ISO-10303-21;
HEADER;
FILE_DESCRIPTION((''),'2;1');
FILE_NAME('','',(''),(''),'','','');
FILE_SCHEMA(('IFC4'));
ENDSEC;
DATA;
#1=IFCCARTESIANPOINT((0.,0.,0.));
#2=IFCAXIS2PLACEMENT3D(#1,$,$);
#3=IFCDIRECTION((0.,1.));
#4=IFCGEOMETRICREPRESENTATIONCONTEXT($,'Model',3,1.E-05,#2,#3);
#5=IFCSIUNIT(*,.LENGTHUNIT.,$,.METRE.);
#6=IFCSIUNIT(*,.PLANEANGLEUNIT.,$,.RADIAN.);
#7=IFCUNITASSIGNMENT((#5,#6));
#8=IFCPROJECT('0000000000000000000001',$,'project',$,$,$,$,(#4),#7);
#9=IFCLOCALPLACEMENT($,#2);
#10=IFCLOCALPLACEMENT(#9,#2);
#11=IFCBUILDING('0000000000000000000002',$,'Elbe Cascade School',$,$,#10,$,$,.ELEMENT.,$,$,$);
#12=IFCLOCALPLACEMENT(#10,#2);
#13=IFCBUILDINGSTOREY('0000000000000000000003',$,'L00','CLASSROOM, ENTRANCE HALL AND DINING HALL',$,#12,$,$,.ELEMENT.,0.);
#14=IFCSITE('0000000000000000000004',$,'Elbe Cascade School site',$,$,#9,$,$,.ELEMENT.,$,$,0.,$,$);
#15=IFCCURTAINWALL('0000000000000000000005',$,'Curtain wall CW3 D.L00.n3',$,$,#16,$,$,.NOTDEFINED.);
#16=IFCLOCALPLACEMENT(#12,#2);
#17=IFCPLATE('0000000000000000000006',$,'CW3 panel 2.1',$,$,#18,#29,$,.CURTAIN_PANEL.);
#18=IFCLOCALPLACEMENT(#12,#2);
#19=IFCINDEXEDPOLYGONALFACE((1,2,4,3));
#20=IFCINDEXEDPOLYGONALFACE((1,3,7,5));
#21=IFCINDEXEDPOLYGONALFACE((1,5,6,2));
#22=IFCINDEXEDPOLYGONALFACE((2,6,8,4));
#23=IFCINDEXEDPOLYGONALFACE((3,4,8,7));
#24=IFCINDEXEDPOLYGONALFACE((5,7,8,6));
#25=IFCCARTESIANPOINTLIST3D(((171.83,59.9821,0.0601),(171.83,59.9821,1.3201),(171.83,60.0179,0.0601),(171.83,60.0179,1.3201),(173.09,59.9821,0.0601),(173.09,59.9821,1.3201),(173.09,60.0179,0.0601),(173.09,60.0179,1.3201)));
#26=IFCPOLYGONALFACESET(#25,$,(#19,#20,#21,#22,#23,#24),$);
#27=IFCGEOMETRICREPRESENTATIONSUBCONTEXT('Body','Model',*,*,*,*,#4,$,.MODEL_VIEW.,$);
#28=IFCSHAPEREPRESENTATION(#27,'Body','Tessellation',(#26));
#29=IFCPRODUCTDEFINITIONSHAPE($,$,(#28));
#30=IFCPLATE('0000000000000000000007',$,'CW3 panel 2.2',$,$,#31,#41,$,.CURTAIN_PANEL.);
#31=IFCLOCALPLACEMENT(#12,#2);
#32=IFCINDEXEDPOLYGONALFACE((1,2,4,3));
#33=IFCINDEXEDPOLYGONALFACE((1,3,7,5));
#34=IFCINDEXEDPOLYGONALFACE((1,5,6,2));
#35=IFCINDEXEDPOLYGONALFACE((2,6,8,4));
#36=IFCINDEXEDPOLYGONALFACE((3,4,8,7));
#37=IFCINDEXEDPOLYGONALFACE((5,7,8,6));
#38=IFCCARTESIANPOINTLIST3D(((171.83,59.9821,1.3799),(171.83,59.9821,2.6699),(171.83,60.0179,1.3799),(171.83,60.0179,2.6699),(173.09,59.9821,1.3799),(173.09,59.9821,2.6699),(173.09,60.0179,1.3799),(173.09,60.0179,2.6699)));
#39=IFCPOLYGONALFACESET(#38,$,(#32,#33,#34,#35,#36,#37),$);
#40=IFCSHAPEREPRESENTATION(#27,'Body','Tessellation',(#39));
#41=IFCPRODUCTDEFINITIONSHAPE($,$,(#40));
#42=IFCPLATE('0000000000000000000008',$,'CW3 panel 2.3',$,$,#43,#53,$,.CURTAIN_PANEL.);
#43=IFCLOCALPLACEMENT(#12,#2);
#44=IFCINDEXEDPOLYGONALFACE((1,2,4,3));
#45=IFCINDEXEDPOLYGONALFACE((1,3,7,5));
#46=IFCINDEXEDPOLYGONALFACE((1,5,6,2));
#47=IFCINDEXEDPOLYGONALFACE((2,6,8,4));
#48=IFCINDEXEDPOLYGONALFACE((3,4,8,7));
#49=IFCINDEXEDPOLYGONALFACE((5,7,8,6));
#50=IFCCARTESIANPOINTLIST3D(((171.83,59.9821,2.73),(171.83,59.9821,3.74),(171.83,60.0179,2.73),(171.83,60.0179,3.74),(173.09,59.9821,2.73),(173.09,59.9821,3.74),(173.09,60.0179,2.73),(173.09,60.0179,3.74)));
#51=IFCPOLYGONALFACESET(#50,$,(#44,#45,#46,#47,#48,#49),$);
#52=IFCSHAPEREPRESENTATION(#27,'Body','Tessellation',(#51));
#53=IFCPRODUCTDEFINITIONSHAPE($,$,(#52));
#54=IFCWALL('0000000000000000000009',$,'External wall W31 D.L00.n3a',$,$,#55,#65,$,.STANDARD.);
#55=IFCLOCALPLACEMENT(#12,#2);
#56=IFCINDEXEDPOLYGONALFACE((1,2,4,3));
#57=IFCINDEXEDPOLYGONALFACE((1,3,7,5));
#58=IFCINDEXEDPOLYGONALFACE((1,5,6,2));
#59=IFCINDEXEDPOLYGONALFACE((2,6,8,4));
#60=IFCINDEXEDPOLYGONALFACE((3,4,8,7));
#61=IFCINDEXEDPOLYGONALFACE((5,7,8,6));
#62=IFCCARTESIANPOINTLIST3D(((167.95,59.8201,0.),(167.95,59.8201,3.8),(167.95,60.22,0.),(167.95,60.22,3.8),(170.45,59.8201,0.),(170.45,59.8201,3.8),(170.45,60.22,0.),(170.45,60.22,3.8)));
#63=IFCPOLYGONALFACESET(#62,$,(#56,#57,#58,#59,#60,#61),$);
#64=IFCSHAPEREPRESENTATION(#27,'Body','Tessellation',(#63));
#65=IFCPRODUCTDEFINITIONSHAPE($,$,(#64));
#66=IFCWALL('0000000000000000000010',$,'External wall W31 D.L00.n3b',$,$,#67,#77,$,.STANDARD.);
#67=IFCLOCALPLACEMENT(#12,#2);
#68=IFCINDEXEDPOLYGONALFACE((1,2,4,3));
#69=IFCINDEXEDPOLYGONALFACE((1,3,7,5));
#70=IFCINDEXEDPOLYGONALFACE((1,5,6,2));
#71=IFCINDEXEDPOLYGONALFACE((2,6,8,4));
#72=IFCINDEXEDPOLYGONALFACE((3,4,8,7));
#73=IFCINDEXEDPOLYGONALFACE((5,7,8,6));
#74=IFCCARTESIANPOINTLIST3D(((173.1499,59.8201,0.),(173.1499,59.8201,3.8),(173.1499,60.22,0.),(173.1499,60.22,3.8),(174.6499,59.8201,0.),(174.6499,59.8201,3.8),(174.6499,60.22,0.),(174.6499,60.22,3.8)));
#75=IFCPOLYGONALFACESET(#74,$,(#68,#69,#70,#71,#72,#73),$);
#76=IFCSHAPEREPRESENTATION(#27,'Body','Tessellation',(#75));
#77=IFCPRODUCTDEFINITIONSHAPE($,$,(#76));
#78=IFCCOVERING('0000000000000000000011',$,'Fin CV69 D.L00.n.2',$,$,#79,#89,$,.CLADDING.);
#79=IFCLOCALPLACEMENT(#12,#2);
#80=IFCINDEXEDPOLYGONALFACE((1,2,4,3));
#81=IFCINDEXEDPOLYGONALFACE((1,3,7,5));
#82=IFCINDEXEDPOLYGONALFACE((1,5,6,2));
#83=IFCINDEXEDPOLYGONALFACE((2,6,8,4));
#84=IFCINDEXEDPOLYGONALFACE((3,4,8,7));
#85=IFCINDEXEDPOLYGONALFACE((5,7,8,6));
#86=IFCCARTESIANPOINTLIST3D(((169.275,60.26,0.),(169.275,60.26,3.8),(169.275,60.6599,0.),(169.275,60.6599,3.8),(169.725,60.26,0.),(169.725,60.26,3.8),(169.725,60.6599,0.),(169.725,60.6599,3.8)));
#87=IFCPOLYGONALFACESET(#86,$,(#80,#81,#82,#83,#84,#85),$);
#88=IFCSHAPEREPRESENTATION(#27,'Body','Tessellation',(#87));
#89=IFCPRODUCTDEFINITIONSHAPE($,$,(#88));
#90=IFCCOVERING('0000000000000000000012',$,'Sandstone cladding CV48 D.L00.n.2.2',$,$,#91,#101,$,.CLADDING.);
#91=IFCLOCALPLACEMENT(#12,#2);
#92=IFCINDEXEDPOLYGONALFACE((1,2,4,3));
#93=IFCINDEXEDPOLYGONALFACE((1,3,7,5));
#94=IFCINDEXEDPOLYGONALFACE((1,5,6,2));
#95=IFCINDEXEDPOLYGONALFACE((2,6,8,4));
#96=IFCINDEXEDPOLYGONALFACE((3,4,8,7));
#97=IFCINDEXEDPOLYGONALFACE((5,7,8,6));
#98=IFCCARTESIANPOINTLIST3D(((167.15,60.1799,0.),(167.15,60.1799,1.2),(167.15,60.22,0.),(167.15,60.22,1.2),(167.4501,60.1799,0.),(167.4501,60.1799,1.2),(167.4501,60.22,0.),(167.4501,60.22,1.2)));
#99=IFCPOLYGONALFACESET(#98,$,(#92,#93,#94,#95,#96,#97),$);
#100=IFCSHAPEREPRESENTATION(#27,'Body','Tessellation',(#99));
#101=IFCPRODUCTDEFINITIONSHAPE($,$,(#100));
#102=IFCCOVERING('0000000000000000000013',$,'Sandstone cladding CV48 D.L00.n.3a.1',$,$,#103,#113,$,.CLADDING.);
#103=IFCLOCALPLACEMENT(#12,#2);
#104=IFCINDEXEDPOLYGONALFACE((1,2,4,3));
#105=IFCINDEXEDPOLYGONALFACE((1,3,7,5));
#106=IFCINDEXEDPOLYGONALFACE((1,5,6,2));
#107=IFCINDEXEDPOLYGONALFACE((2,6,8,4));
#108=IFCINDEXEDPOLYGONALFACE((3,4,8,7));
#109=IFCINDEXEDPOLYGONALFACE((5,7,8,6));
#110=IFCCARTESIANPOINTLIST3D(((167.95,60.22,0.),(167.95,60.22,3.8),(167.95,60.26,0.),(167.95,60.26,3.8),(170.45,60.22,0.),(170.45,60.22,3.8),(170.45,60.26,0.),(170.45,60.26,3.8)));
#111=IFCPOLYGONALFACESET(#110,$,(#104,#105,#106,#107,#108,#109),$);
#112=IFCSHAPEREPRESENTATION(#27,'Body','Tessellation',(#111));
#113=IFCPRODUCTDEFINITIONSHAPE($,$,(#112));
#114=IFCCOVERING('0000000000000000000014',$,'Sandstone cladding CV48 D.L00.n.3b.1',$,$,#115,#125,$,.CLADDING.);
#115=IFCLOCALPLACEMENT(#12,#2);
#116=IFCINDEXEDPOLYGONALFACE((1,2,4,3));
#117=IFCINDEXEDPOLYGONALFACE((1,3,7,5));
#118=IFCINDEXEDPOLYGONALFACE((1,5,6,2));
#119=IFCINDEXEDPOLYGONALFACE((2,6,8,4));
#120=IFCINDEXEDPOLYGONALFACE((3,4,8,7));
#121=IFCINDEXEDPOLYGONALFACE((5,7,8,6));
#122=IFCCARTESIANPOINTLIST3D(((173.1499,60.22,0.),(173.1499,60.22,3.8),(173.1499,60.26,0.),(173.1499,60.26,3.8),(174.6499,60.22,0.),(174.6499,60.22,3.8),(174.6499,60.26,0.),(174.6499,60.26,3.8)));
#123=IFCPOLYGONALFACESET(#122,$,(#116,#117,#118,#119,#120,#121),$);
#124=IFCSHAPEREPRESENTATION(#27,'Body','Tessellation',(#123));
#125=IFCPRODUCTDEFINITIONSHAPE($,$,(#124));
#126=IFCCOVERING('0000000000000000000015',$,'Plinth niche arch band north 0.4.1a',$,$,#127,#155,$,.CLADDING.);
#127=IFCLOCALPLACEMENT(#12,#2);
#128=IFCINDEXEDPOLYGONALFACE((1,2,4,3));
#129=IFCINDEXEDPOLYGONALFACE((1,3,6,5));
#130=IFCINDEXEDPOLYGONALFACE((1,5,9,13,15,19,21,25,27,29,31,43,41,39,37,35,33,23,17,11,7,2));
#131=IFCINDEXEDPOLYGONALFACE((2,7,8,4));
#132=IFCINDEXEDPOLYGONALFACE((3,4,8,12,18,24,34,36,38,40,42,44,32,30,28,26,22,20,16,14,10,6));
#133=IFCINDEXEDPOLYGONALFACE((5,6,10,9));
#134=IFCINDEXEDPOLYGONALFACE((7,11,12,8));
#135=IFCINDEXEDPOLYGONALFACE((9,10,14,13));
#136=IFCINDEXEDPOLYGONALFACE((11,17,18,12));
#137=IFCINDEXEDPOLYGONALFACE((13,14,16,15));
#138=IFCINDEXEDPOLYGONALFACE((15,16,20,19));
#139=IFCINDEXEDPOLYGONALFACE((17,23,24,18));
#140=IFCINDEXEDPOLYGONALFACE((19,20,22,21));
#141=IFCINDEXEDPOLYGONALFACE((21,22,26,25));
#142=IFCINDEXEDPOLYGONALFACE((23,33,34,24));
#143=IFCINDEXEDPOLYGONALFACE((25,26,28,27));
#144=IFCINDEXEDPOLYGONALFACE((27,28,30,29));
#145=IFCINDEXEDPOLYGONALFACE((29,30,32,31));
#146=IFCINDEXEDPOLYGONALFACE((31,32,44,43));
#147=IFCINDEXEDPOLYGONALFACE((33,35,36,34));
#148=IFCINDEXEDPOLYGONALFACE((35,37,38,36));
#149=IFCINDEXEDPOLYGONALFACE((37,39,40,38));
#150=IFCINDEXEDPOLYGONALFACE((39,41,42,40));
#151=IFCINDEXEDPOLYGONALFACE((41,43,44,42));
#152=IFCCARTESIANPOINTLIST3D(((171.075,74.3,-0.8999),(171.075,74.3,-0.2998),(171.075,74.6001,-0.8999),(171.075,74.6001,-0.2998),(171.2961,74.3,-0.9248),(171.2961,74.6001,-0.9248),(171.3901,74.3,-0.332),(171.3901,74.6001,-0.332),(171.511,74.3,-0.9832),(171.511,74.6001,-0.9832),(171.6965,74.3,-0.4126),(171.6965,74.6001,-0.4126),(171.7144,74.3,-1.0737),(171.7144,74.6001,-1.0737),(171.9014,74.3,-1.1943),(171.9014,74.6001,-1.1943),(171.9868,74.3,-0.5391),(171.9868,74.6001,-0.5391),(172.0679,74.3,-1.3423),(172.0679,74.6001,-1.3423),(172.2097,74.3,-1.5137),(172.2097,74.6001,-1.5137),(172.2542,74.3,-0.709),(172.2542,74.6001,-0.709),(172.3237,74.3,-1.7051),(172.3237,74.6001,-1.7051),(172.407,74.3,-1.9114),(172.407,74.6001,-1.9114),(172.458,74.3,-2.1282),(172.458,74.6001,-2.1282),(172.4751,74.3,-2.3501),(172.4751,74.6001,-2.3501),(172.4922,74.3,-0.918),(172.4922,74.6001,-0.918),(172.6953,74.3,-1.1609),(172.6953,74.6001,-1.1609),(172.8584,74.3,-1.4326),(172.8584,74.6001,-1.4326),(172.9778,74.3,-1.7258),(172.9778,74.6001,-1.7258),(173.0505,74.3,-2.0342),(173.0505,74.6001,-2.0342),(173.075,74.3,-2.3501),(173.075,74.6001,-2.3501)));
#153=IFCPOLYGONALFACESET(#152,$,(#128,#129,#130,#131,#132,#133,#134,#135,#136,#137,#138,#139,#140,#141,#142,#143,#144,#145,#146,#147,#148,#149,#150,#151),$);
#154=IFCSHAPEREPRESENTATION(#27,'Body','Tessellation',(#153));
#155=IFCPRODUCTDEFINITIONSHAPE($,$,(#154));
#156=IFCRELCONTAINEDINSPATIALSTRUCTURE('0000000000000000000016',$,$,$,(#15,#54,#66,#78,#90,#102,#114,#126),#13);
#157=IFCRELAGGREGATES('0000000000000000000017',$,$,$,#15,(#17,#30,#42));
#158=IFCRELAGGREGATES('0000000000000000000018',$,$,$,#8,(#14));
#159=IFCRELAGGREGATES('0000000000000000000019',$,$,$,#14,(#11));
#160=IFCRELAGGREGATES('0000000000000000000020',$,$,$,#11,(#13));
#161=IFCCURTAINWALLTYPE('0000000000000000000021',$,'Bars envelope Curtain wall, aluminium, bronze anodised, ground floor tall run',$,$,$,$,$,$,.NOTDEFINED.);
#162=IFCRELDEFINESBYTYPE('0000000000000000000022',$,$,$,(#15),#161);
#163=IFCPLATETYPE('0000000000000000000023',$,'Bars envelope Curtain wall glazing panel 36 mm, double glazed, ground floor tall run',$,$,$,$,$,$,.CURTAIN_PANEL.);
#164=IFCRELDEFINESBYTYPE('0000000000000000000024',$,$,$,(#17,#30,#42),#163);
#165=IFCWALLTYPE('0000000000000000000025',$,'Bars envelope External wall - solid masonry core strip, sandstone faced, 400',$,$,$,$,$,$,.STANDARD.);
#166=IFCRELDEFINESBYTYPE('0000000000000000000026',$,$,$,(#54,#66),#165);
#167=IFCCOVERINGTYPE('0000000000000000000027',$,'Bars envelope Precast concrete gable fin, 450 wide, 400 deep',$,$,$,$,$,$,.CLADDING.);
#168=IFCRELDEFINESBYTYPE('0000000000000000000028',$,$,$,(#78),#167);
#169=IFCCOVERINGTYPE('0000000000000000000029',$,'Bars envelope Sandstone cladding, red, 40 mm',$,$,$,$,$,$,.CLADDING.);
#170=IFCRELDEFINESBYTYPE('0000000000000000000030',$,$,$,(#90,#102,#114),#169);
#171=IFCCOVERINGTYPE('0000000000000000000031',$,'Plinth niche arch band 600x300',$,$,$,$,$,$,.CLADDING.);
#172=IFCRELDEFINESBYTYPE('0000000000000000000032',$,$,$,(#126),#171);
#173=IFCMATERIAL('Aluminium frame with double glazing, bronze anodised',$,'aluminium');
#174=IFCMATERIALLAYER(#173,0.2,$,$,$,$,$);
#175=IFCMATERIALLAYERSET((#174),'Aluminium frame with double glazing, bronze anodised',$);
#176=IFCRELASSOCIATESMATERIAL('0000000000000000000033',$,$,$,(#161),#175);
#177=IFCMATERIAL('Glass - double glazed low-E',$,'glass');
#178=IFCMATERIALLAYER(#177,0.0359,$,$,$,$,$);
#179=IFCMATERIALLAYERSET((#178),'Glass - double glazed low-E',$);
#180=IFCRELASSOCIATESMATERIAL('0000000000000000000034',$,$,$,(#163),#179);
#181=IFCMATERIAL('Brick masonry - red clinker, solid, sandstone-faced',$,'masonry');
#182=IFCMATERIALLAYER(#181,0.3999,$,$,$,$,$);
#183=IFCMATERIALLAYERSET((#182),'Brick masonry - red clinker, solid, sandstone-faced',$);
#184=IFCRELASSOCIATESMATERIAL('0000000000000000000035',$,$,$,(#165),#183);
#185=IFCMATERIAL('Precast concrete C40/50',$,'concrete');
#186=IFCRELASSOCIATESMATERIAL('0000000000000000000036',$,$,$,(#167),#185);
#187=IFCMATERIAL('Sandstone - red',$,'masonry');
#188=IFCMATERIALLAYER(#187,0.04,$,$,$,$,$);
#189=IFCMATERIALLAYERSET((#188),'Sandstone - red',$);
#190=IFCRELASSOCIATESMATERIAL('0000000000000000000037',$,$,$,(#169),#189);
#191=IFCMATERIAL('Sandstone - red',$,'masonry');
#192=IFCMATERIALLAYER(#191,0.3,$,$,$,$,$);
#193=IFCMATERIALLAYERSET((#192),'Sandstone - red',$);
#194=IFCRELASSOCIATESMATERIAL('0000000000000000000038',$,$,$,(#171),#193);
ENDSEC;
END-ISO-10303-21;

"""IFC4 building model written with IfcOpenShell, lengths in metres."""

from ifc_helpers import new_model, si_unit, direction, frame, frame_2d, origin, origin_2d, place, context, subcontext, project, spatial, polyline, rectangle, outline, extrude, material, layer, layer_set, type_object, element, aggregate, save


model = new_model("IFC4")

# Units and contexts
model_context = context("Model", 3, precision=1e-05, world=origin(), true_north=direction((0.0, 1.0)))
body_context = subcontext(model_context, "Body", "Model", "MODEL_VIEW")
ifc_project = project(units=[si_unit("LENGTHUNIT", "METRE"), si_unit("PLANEANGLEUNIT", "RADIAN")], contexts=[model_context])

# Site, building, storey
site_placement = place(None, origin())
site = spatial("IfcSite", under=ifc_project, at=site_placement, Name="Elbe Cascade School site", CompositionType="ELEMENT", RefElevation=0.0)
building_placement = place(site_placement, origin())
building = spatial("IfcBuilding", under=site, at=building_placement, Name="Elbe Cascade School", CompositionType="ELEMENT")
storey_placement = place(building_placement, origin())
storey = spatial("IfcBuildingStorey", under=building, at=storey_placement, Name="L00", Description="CLASSROOM, ENTRANCE HALL AND DINING HALL", CompositionType="ELEMENT", Elevation=0.0)

# Curtain wall
ifc_material_1 = material(Name="Aluminium frame with double glazing, bronze anodised", Category="aluminium")
ifc_layer_1 = layer(ifc_material_1, 0.2)
ifc_layer_set_1 = layer_set([ifc_layer_1], Name="Aluminium frame with double glazing, bronze anodised")
curtain_wall_type = type_object("IfcCurtainWallType", Name="Bars envelope Curtain wall, aluminium, bronze anodised, ground floor tall run", PredefinedType="NOTDEFINED", material=ifc_layer_set_1)
curtain_wall_placement = place(storey_placement, origin())
curtain_wall = element("IfcCurtainWall", 1, at=curtain_wall_placement, inside=storey, type_object=curtain_wall_type, Name="Curtain wall CW3 D.L00.n3", PredefinedType="NOTDEFINED")

# Plates
ifc_material_2 = material(Name="Glass - double glazed low-E", Category="glass")
ifc_layer_2 = layer(ifc_material_2, 0.0359)
ifc_layer_set_2 = layer_set([ifc_layer_2], Name="Glass - double glazed low-E")
plate_type = type_object("IfcPlateType", Name="Bars envelope Curtain wall glazing panel 36 mm, double glazed, ground floor tall run", PredefinedType="CURTAIN_PANEL", material=ifc_layer_set_2)
plate_1_placement = place(storey_placement, frame((172.46, 60.0, 0.0601), z_axis=(0.0, 0.0, 1.0), x_axis=(1.0, 0.0, 0.0)))
plate_1 = element("IfcPlate", 2, at=plate_1_placement, type_object=plate_type, Name="CW3 panel 2.1", PredefinedType="CURTAIN_PANEL", context=body_context, shape_type="SweptSolid", body=[
    extrude(rectangle(XDim=1.26, YDim=0.0359, at=origin_2d()), origin(), (0.0, 0.0, 1.0), 1.26),
])
plate_2_placement = place(storey_placement, frame((172.46, 60.0, 1.3799), z_axis=(0.0, 0.0, 1.0), x_axis=(1.0, 0.0, 0.0)))
plate_2 = element("IfcPlate", 3, at=plate_2_placement, type_object=plate_type, Name="CW3 panel 2.2", PredefinedType="CURTAIN_PANEL", context=body_context, shape_type="SweptSolid", body=[
    extrude(rectangle(XDim=1.26, YDim=0.0359, at=origin_2d()), origin(), (0.0, 0.0, 1.0), 1.29),
])
plate_3_placement = place(storey_placement, frame((172.46, 60.0, 2.73), z_axis=(0.0, 0.0, 1.0), x_axis=(1.0, 0.0, 0.0)))
plate_3 = element("IfcPlate", 4, at=plate_3_placement, type_object=plate_type, Name="CW3 panel 2.3", PredefinedType="CURTAIN_PANEL", context=body_context, shape_type="SweptSolid", body=[
    extrude(rectangle(XDim=1.26, YDim=0.0359, at=origin_2d()), origin(), (0.0, 0.0, 1.0), 1.01),
])
aggregate(curtain_wall, [plate_1, plate_2, plate_3])

# Walls
ifc_material_3 = material(Name="Brick masonry - red clinker, solid, sandstone-faced", Category="masonry")
ifc_layer_3 = layer(ifc_material_3, 0.3999)
ifc_layer_set_3 = layer_set([ifc_layer_3], Name="Brick masonry - red clinker, solid, sandstone-faced")
wall_type = type_object("IfcWallType", Name="Bars envelope External wall - solid masonry core strip, sandstone faced, 400", PredefinedType="STANDARD", material=ifc_layer_set_3)
wall_1_placement = place(storey_placement, frame((167.95, 60.02, 0.0), z_axis=(0.0, 0.0, 1.0), x_axis=(1.0, 0.0, 0.0)))
element("IfcWall", 5, at=wall_1_placement, inside=storey, type_object=wall_type, Name="External wall W31 D.L00.n3a", PredefinedType="STANDARD", context=body_context, shape_type="SweptSolid", body=[
    extrude(rectangle(XDim=2.5, YDim=0.3999, at=frame_2d((1.25, 0.0))), origin(), (0.0, 0.0, 1.0), 3.8),
])
wall_2_placement = place(storey_placement, frame((173.1499, 60.02, 0.0), z_axis=(0.0, 0.0, 1.0), x_axis=(1.0, 0.0, 0.0)))
element("IfcWall", 6, at=wall_2_placement, inside=storey, type_object=wall_type, Name="External wall W31 D.L00.n3b", PredefinedType="STANDARD", context=body_context, shape_type="SweptSolid", body=[
    extrude(rectangle(XDim=1.5, YDim=0.3999, at=frame_2d((0.75, 0.0))), origin(), (0.0, 0.0, 1.0), 3.8),
])

# Coverings
ifc_material_4 = material(Name="Precast concrete C40/50", Category="concrete")
covering_type_1 = type_object("IfcCoveringType", Name="Bars envelope Precast concrete gable fin, 450 wide, 400 deep", PredefinedType="CLADDING", material=ifc_material_4)
covering_1_placement = place(storey_placement, frame((169.5, 60.46, 0.0), z_axis=(0.0, 0.0, 1.0), x_axis=(1.0, 0.0, 0.0)))
element("IfcCovering", 7, at=covering_1_placement, inside=storey, type_object=covering_type_1, Name="Fin CV69 D.L00.n.2", PredefinedType="CLADDING", context=body_context, shape_type="SweptSolid", body=[
    extrude(rectangle(XDim=0.45, YDim=0.3999, at=origin_2d()), origin(), (0.0, 0.0, 1.0), 3.8),
])
ifc_material_5 = material(Name="Sandstone - red", Category="masonry")
ifc_layer_4 = layer(ifc_material_5, 0.04)
ifc_layer_set_4 = layer_set([ifc_layer_4], Name="Sandstone - red")
covering_type_2 = type_object("IfcCoveringType", Name="Bars envelope Sandstone cladding, red, 40 mm", PredefinedType="CLADDING", material=ifc_layer_set_4)
covering_2_placement = place(storey_placement, frame((167.3, 60.2, 0.0), z_axis=(0.0, 0.0, 1.0), x_axis=(1.0, 0.0, 0.0)))
element("IfcCovering", 8, at=covering_2_placement, inside=storey, type_object=covering_type_2, Name="Sandstone cladding CV48 D.L00.n.2.2", PredefinedType="CLADDING", context=body_context, shape_type="SweptSolid", body=[
    extrude(rectangle(XDim=0.3, YDim=0.04, at=origin_2d()), origin(), (0.0, 0.0, 1.0), 1.2),
])
covering_3_placement = place(storey_placement, frame((169.2, 60.24, 0.0), z_axis=(0.0, 0.0, 1.0), x_axis=(1.0, 0.0, 0.0)))
element("IfcCovering", 9, at=covering_3_placement, inside=storey, type_object=covering_type_2, Name="Sandstone cladding CV48 D.L00.n.3a.1", PredefinedType="CLADDING", context=body_context, shape_type="SweptSolid", body=[
    extrude(rectangle(XDim=2.5, YDim=0.04, at=origin_2d()), origin(), (0.0, 0.0, 1.0), 3.8),
])
covering_4_placement = place(storey_placement, frame((173.8999, 60.24, 0.0), z_axis=(0.0, 0.0, 1.0), x_axis=(1.0, 0.0, 0.0)))
element("IfcCovering", 10, at=covering_4_placement, inside=storey, type_object=covering_type_2, Name="Sandstone cladding CV48 D.L00.n.3b.1", PredefinedType="CLADDING", context=body_context, shape_type="SweptSolid", body=[
    extrude(rectangle(XDim=1.5, YDim=0.04, at=origin_2d()), origin(), (0.0, 0.0, 1.0), 3.8),
])
ifc_material_6 = material(Name="Sandstone - red", Category="masonry")
ifc_layer_5 = layer(ifc_material_6, 0.3)
ifc_layer_set_5 = layer_set([ifc_layer_5], Name="Sandstone - red")
covering_type_3 = type_object("IfcCoveringType", Name="Plinth niche arch band 600x300", PredefinedType="CLADDING", material=ifc_layer_set_5)
covering_5_placement = place(storey_placement, frame((173.075, 74.6001, -2.3501), z_axis=(0.0, 1.0, 0.0), x_axis=(-1.0, 0.0, 0.0)))
element("IfcCovering", 11, at=covering_5_placement, inside=storey, type_object=covering_type_3, Name="Plinth niche arch band north 0.4.1a", PredefinedType="CLADDING", context=body_context, shape_type="SweptSolid", body=[
    extrude(outline(polyline([(0.0, 0.0), (0.5999, 0.0), (0.6169, 0.2219), (0.668, 0.4387), (0.7512, 0.645), (0.8652, 0.8364), (1.0071, 1.0078), (1.1736, 1.1558), (1.3606, 1.2764), (1.564, 1.3669), (1.7788, 1.4253), (2.0, 1.4502), (2.0, 2.0503), (1.6848, 2.0181), (1.3784, 1.9375), (1.0881, 1.811), (0.8208, 1.6411), (0.5828, 1.4321), (0.3796, 1.1892), (0.2166, 0.9175), (0.0972, 0.6243), (0.0244, 0.3159), (0.0, 0.0)])), origin(), (0.0, 0.0, -1.0), 0.3),
])

save(model, "model.ifc")
